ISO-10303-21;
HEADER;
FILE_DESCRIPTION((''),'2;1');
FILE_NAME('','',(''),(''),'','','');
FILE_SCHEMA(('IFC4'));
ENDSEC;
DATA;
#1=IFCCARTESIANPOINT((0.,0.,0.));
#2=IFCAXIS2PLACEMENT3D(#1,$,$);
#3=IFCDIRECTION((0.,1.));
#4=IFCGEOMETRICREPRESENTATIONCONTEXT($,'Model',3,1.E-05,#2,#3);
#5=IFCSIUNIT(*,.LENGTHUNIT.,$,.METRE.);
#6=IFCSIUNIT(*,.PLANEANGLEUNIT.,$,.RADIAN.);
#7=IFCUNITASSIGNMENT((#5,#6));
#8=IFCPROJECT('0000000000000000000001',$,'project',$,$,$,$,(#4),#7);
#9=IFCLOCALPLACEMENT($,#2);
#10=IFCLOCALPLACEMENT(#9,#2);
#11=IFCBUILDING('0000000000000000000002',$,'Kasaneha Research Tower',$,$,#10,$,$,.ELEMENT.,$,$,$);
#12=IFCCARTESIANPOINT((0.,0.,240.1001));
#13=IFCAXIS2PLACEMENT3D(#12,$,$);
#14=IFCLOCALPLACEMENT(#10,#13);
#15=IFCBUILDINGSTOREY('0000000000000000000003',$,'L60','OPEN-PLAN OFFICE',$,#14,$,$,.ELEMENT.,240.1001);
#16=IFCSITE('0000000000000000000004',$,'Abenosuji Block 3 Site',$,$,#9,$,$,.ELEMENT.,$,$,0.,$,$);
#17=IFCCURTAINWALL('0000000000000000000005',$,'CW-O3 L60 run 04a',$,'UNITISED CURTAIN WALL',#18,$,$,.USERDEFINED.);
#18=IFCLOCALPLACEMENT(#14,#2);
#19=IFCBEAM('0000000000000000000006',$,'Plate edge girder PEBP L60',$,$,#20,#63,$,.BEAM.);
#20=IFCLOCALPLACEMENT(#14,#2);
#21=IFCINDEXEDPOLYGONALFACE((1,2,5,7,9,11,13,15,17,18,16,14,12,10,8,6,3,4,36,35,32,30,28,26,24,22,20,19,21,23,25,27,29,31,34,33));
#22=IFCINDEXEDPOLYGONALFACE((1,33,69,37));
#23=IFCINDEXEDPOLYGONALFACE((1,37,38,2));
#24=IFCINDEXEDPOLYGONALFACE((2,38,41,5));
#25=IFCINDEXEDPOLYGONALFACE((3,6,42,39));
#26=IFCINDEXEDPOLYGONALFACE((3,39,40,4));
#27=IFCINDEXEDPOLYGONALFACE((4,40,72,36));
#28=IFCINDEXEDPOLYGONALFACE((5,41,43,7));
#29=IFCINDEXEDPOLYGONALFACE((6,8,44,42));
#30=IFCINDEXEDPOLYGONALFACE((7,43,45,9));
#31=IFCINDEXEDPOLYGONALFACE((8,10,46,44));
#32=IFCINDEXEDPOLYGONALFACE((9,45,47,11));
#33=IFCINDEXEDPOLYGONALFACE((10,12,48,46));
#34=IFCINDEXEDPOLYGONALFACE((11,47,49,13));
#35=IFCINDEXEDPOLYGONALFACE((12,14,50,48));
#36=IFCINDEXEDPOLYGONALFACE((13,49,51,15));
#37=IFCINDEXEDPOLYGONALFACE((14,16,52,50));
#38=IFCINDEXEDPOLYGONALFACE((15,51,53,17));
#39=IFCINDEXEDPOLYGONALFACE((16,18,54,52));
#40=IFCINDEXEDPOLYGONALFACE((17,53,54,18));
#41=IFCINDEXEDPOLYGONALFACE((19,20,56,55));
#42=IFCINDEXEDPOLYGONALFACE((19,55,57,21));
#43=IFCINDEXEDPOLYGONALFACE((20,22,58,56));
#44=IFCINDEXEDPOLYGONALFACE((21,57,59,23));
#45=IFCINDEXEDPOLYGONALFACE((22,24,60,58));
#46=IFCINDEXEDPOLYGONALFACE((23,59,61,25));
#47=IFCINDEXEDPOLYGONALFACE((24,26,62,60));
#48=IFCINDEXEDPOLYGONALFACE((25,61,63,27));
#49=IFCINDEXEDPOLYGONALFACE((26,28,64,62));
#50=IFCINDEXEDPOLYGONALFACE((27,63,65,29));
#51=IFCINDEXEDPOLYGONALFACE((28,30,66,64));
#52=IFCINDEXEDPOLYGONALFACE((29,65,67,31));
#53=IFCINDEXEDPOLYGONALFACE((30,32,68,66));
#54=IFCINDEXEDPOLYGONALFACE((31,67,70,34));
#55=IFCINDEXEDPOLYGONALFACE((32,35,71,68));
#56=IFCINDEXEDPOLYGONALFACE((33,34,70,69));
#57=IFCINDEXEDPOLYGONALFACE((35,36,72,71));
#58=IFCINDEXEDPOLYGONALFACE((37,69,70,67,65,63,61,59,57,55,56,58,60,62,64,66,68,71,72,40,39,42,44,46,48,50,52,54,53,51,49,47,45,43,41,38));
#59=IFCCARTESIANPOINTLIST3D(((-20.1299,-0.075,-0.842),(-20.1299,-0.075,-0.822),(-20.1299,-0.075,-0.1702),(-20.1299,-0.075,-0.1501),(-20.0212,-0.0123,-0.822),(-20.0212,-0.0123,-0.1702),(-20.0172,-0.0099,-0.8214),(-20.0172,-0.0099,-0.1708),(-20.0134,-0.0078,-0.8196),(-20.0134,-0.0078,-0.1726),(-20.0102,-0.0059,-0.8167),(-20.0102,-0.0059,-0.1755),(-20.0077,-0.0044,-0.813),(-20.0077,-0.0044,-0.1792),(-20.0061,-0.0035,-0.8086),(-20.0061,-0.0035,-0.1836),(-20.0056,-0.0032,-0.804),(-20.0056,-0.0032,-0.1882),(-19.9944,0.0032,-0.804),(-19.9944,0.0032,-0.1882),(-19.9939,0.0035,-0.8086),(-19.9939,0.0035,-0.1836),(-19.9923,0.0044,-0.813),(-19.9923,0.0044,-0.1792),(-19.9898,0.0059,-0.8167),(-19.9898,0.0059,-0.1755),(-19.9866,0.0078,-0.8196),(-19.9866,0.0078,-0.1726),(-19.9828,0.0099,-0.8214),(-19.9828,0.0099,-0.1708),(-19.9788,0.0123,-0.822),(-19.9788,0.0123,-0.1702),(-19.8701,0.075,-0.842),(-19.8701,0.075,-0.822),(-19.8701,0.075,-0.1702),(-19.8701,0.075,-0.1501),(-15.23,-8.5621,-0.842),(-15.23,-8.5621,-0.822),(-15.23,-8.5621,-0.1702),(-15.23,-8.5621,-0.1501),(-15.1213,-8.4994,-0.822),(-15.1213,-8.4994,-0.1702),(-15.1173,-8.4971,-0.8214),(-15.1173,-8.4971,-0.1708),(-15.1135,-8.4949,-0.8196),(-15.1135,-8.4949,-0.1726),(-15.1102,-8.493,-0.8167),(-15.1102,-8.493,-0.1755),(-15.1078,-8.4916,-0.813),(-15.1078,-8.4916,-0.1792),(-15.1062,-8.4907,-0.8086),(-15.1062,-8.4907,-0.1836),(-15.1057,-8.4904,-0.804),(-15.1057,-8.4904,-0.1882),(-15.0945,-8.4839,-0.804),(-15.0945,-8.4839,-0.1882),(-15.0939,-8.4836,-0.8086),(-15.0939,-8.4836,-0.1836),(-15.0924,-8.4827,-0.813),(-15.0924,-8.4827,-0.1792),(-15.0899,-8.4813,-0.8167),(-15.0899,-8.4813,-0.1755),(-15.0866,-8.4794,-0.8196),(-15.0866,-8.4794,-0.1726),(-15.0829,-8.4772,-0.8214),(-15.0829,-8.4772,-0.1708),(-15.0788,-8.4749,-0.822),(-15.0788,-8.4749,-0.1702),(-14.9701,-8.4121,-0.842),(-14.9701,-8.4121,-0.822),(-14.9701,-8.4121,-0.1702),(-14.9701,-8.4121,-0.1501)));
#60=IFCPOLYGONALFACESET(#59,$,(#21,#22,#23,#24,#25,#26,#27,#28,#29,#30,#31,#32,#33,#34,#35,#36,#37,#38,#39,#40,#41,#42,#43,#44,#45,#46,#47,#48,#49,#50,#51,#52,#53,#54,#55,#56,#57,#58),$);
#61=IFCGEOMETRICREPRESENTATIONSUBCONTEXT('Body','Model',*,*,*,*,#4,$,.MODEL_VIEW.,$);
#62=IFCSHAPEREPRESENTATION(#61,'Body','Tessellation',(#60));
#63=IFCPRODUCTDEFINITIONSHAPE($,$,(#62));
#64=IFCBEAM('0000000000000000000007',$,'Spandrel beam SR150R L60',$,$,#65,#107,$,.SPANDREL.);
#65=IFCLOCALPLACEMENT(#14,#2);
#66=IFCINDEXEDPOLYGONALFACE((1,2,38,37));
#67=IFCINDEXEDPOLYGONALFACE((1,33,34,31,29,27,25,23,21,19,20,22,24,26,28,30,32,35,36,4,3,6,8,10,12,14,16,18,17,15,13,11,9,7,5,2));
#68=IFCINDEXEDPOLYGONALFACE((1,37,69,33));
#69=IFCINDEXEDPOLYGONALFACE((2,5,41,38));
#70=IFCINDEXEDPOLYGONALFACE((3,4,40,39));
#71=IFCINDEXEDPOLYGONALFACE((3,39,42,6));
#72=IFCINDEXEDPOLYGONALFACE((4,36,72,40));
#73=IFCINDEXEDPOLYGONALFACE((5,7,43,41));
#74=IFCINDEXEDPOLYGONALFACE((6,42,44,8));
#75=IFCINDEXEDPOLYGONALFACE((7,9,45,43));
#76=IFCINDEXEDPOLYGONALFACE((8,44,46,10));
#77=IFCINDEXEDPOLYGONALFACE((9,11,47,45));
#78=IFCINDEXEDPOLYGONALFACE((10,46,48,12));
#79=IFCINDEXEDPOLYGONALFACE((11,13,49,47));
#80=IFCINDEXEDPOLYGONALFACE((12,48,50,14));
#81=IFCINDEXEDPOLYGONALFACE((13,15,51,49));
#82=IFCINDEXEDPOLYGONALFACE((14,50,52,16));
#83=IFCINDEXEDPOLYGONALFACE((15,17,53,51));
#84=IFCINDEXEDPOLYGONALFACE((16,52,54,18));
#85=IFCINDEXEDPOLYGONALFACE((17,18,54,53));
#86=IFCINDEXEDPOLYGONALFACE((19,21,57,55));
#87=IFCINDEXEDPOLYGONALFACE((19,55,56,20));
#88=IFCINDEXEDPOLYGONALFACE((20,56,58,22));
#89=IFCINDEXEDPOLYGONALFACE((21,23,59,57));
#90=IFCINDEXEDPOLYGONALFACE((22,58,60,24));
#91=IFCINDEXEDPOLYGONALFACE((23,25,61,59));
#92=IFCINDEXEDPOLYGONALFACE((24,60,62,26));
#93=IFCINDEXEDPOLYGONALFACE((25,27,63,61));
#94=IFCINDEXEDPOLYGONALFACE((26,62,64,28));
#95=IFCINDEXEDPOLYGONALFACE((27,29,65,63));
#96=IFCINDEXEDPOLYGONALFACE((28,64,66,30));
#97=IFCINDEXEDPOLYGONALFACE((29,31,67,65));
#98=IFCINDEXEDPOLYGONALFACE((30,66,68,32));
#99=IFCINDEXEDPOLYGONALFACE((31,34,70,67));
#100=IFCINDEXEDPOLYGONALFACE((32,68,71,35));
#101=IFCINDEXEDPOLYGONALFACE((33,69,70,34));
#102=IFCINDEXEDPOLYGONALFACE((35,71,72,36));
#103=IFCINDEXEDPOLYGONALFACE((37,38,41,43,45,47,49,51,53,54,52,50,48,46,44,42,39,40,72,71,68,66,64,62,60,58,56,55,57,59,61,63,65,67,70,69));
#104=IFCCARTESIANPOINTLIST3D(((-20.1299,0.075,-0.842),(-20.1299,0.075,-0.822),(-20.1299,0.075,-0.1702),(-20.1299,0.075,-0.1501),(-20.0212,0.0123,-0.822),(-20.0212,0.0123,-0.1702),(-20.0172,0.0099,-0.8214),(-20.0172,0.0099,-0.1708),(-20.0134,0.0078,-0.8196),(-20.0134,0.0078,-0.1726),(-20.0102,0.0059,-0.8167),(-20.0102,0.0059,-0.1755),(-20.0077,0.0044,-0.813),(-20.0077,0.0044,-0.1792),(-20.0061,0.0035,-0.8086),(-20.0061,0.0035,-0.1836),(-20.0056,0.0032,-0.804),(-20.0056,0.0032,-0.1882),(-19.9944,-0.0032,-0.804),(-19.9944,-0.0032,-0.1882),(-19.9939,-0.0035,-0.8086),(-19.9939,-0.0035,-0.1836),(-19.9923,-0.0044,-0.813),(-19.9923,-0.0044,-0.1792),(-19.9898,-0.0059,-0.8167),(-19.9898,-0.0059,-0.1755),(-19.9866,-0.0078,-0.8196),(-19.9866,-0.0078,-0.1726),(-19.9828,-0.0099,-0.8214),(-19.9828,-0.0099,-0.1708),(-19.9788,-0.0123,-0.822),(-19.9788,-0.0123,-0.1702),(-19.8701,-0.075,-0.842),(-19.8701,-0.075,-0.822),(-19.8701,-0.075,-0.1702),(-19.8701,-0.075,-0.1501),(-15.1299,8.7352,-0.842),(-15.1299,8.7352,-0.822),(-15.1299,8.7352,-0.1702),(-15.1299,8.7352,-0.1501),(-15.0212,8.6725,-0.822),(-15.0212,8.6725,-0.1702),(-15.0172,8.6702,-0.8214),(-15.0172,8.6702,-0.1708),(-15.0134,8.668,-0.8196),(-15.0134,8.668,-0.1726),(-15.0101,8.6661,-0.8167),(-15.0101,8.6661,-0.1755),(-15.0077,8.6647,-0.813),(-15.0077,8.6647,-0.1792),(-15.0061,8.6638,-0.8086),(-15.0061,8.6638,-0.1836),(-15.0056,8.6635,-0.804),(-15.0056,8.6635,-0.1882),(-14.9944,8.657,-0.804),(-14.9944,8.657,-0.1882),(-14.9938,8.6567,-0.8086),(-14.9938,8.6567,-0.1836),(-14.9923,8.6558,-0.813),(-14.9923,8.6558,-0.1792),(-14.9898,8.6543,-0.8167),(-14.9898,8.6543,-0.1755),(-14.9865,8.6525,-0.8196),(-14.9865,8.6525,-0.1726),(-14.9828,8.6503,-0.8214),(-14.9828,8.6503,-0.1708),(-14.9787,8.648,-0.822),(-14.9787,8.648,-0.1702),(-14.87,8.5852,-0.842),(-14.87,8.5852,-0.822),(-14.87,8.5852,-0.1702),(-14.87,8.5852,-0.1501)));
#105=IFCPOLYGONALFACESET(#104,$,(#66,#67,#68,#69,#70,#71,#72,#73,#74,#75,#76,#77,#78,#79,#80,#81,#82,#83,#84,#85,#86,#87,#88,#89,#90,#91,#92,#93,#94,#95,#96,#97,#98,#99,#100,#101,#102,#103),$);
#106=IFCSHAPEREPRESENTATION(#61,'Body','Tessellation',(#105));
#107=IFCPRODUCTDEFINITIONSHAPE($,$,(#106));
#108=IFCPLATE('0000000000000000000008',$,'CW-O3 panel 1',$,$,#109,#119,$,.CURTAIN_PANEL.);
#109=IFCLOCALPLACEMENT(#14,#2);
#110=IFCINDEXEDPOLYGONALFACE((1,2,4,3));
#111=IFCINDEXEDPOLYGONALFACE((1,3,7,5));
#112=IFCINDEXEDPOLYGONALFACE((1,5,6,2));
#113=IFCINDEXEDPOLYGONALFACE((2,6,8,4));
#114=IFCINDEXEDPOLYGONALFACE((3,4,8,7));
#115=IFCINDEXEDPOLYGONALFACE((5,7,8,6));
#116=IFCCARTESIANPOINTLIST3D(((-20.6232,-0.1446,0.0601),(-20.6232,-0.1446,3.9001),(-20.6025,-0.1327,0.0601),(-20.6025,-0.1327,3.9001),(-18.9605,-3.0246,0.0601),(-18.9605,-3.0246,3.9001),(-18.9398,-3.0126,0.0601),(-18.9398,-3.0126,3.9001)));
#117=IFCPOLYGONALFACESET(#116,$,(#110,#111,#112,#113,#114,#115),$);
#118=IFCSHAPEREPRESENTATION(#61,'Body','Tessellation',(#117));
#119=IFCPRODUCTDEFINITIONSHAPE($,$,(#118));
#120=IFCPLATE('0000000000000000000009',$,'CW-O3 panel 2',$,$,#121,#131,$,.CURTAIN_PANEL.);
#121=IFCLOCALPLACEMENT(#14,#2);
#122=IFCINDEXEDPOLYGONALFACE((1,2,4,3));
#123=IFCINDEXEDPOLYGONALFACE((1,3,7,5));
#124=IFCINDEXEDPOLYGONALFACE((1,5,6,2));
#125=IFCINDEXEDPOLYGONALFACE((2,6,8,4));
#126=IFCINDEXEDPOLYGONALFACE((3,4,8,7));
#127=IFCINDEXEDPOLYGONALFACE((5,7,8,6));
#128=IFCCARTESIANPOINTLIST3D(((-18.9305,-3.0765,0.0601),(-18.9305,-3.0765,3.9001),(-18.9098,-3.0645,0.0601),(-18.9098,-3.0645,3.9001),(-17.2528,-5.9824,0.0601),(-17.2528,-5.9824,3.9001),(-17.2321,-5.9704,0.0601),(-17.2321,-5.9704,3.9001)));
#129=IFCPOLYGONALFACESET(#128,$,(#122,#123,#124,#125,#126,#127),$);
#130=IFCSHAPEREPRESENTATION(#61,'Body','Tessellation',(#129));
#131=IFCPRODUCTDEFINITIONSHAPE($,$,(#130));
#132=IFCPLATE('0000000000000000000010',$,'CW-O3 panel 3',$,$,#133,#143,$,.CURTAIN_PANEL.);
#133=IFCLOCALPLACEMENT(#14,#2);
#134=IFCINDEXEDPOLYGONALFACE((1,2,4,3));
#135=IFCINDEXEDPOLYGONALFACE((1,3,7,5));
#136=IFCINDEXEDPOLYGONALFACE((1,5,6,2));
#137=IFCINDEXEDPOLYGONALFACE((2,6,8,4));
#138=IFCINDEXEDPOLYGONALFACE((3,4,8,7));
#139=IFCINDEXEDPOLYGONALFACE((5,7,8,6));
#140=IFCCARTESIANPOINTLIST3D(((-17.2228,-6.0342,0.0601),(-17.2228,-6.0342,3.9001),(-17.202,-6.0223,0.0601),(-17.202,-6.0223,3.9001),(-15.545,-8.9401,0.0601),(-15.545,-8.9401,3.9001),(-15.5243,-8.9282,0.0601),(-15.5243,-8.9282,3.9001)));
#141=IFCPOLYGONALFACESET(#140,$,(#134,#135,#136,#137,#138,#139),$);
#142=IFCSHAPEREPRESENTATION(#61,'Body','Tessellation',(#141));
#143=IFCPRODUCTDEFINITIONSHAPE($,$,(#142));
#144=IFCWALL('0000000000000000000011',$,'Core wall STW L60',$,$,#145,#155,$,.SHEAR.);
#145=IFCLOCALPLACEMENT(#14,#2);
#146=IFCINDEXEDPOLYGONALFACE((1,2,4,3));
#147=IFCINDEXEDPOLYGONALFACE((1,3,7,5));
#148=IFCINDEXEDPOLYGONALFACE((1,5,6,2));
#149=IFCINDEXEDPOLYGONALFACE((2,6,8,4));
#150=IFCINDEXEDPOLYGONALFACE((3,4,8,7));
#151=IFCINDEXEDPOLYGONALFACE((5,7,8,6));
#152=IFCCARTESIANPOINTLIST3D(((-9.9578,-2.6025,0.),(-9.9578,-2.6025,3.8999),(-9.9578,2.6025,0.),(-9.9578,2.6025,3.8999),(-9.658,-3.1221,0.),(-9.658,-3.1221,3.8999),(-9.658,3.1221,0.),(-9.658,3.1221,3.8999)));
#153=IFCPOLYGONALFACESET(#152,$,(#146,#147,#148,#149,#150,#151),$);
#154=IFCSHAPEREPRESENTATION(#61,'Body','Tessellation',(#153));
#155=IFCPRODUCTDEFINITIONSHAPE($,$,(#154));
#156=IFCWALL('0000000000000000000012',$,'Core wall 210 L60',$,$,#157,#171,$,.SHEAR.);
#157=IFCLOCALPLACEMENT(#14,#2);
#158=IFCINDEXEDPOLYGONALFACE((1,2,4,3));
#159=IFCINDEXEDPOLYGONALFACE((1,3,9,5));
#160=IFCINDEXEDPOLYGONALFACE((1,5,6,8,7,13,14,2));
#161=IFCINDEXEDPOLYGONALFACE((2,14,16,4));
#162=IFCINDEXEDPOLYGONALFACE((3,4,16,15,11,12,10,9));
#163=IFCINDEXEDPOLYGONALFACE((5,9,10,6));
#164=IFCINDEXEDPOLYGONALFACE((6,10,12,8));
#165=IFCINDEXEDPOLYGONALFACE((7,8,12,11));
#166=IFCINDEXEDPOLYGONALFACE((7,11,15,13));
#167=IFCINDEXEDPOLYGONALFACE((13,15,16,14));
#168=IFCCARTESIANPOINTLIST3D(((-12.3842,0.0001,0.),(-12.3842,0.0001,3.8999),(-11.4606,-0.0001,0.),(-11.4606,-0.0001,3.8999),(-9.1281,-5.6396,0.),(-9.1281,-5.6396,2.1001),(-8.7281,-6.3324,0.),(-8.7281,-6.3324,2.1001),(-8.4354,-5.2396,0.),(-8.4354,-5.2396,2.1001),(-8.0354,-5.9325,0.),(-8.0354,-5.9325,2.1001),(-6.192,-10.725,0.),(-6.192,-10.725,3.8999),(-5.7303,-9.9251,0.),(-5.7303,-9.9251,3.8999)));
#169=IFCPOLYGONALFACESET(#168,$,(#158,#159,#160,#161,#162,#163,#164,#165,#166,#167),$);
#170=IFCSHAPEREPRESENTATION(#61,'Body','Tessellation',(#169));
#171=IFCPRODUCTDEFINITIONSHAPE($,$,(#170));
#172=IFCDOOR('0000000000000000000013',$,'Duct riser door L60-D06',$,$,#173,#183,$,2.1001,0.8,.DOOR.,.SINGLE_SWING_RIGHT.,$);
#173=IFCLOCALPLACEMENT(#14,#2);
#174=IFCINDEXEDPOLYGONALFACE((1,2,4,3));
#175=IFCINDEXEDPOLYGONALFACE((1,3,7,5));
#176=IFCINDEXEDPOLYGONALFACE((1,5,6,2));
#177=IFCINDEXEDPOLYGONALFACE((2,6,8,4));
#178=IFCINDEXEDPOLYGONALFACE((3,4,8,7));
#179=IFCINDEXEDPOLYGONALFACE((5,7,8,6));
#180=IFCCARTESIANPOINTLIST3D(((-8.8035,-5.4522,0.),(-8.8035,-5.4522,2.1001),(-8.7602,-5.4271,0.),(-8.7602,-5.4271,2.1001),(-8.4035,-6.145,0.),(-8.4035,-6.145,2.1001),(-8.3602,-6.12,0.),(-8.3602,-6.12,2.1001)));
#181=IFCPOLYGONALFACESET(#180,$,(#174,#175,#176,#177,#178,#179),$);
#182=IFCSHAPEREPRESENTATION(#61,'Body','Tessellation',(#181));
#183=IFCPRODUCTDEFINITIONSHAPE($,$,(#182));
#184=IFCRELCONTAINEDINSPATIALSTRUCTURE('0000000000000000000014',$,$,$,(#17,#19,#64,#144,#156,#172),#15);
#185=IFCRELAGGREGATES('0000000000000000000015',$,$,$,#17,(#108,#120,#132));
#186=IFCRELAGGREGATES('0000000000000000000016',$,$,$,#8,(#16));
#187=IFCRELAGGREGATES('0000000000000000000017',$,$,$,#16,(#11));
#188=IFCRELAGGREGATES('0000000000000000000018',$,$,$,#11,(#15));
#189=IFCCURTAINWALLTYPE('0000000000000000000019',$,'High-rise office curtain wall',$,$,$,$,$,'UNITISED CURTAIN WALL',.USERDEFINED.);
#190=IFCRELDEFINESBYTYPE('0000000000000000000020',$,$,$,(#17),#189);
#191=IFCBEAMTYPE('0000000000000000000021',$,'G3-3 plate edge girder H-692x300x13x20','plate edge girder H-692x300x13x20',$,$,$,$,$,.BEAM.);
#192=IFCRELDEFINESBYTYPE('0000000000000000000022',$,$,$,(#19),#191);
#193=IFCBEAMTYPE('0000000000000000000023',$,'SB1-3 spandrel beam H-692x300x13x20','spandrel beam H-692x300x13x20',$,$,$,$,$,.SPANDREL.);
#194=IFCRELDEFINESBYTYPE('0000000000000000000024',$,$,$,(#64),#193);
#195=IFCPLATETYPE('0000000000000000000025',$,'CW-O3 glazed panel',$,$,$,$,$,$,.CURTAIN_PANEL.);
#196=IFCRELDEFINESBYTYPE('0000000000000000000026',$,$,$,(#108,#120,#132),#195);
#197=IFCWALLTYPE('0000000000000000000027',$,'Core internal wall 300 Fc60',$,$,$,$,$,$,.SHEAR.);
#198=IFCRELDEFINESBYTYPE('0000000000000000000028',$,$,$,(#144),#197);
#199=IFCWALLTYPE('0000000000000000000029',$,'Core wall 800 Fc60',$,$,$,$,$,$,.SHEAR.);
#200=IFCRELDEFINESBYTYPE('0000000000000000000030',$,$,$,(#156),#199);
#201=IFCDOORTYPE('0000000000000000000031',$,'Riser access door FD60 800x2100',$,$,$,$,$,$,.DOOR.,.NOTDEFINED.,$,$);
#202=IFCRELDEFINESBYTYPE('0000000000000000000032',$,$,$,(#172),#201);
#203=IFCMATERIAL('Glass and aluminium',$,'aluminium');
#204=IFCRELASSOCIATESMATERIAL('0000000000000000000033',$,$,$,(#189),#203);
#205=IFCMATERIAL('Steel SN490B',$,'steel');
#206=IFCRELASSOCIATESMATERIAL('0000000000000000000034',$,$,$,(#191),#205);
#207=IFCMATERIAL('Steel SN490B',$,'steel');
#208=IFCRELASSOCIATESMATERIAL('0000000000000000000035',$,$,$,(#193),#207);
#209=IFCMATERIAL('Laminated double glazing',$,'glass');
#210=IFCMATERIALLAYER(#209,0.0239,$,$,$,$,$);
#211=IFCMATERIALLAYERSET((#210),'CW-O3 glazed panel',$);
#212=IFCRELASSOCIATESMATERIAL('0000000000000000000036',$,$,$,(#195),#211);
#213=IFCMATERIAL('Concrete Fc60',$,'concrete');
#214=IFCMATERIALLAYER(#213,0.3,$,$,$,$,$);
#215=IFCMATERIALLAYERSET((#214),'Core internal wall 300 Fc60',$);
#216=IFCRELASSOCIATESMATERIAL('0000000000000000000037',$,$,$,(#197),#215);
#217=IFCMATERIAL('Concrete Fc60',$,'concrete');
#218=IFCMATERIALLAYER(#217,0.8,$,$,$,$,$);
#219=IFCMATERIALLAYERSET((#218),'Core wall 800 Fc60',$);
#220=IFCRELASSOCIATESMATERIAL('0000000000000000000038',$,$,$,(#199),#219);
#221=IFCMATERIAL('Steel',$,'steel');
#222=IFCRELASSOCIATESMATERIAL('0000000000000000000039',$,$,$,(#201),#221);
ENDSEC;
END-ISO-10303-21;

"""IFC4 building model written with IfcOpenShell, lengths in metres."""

from ifc_helpers import new_model, si_unit, direction, frame, frame_2d, origin, origin_2d, place, context, subcontext, project, spatial, polyline, rectangle, i_section, outline, extrude, material, layer, layer_set, material_profile, profile_set, type_object, element, fill, aggregate, save


model = new_model("IFC4")

# Units and contexts
model_context = context("Model", 3, precision=1e-05, world=origin(), true_north=direction((0.0, 1.0)))
body_context = subcontext(model_context, "Body", "Model", "MODEL_VIEW")
ifc_project = project(units=[si_unit("LENGTHUNIT", "METRE"), si_unit("PLANEANGLEUNIT", "RADIAN")], contexts=[model_context])

# Site, building, storey
site_placement = place(None, origin())
site = spatial("IfcSite", under=ifc_project, at=site_placement, Name="Abenosuji Block 3 Site", CompositionType="ELEMENT", RefElevation=0.0)
building_placement = place(site_placement, origin())
building = spatial("IfcBuilding", under=site, at=building_placement, Name="Kasaneha Research Tower", CompositionType="ELEMENT")
storey_placement = place(building_placement, frame((0.0, 0.0, 240.1001)))
storey = spatial("IfcBuildingStorey", under=building, at=storey_placement, Name="L60", Description="OPEN-PLAN OFFICE", CompositionType="ELEMENT", Elevation=240.1001)

# Curtain wall
ifc_material_1 = material(Name="Glass and aluminium", Category="aluminium")
curtain_wall_type = type_object("IfcCurtainWallType", Name="High-rise office curtain wall", ElementType="UNITISED CURTAIN WALL", PredefinedType="USERDEFINED", material=ifc_material_1)
curtain_wall_placement = place(storey_placement, origin())
curtain_wall = element("IfcCurtainWall", 1, at=curtain_wall_placement, inside=storey, type_object=curtain_wall_type, Name="CW-O3 L60 run 04a", ObjectType="UNITISED CURTAIN WALL", PredefinedType="USERDEFINED")

# Beams
ifc_material_2 = material(Name="Steel SN490B", Category="steel")
ifc_material_profile_1 = material_profile(ifc_material_2, i_section(OverallWidth=0.3, OverallDepth=0.6919, WebThickness=0.0129, FlangeThickness=0.02, FilletRadius=0.0181, at=origin_2d()), Name="H-692x300x13x20")
ifc_profile_set_1 = profile_set([ifc_material_profile_1], Name="Steel SN490B")
beam_type_1 = type_object("IfcBeamType", Name="G3-3 plate edge girder H-692x300x13x20", Description="plate edge girder H-692x300x13x20", PredefinedType="BEAM", material=ifc_profile_set_1)
beam_1_placement = place(storey_placement, frame((-20.0, 0.0, -0.4961), z_axis=(0.499992, -0.86603, 0.0), x_axis=(0.86603, 0.499992, 0.0)))
element("IfcBeam", 2, at=beam_1_placement, inside=storey, type_object=beam_type_1, Name="Plate edge girder PEBP L60", PredefinedType="BEAM", context=body_context, shape_type="SweptSolid", body=[
    extrude(i_section(OverallWidth=0.3, OverallDepth=0.6919, WebThickness=0.0129, FlangeThickness=0.02, FilletRadius=0.0181, at=origin_2d()), origin(), (0.0, 0.0, 1.0), 9.8),
])
ifc_material_3 = material(Name="Steel SN490B", Category="steel")
ifc_material_profile_2 = material_profile(ifc_material_3, i_section(OverallWidth=0.3, OverallDepth=0.6919, WebThickness=0.0129, FlangeThickness=0.02, FilletRadius=0.0181, at=origin_2d()), Name="H-692x300x13x20")
ifc_profile_set_2 = profile_set([ifc_material_profile_2], Name="Steel SN490B")
beam_type_2 = type_object("IfcBeamType", Name="SB1-3 spandrel beam H-692x300x13x20", Description="spandrel beam H-692x300x13x20", PredefinedType="SPANDREL", material=ifc_profile_set_2)
beam_2_placement = place(storey_placement, frame((-20.0, 0.0, -0.4961), z_axis=(0.500004, 0.866023, 0.0), x_axis=(-0.866023, 0.500004, 0.0)))
element("IfcBeam", 3, at=beam_2_placement, inside=storey, type_object=beam_type_2, Name="Spandrel beam SR150R L60", PredefinedType="SPANDREL", context=body_context, shape_type="SweptSolid", body=[
    extrude(i_section(OverallWidth=0.3, OverallDepth=0.6919, WebThickness=0.0129, FlangeThickness=0.02, FilletRadius=0.0181, at=origin_2d()), origin(), (0.0, 0.0, 1.0), 10.0),
])

# Plates
ifc_material_4 = material(Name="Laminated double glazing", Category="glass")
ifc_layer_1 = layer(ifc_material_4, 0.0239)
ifc_layer_set_1 = layer_set([ifc_layer_1], Name="CW-O3 glazed panel")
plate_type = type_object("IfcPlateType", Name="CW-O3 glazed panel", PredefinedType="CURTAIN_PANEL", material=ifc_layer_set_1)
plate_1_placement = place(storey_placement, frame((-19.7815, -1.5786, 0.0601), z_axis=(0.0, 0.0, 1.0), x_axis=(0.5, -0.866025, 0.0)))
plate_1 = element("IfcPlate", 4, at=plate_1_placement, type_object=plate_type, Name="CW-O3 panel 1", PredefinedType="CURTAIN_PANEL", context=body_context, shape_type="SweptSolid", body=[
    extrude(rectangle(XDim=3.3254, YDim=0.0239, at=origin_2d()), origin(), (0.0, 0.0, 1.0), 3.8401),
])
plate_2_placement = place(storey_placement, frame((-18.0813, -4.5234, 0.0601), z_axis=(0.0, 0.0, 1.0), x_axis=(0.5, -0.866025, 0.0)))
plate_2 = element("IfcPlate", 5, at=plate_2_placement, type_object=plate_type, Name="CW-O3 panel 2", PredefinedType="CURTAIN_PANEL", context=body_context, shape_type="SweptSolid", body=[
    extrude(rectangle(XDim=3.3555, YDim=0.0239, at=origin_2d()), origin(), (0.0, 0.0, 1.0), 3.8401),
])
plate_3_placement = place(storey_placement, frame((-16.3735, -7.4812, 0.0601), z_axis=(0.0, 0.0, 1.0), x_axis=(0.5, -0.866025, 0.0)))
plate_3 = element("IfcPlate", 6, at=plate_3_placement, type_object=plate_type, Name="CW-O3 panel 3", PredefinedType="CURTAIN_PANEL", context=body_context, shape_type="SweptSolid", body=[
    extrude(rectangle(XDim=3.3555, YDim=0.0239, at=origin_2d()), origin(), (0.0, 0.0, 1.0), 3.8401),
])
aggregate(curtain_wall, [plate_1, plate_2, plate_3])

# Wall
ifc_material_5 = material(Name="Concrete Fc60", Category="concrete")
ifc_layer_2 = layer(ifc_material_5, 0.3)
ifc_layer_set_2 = layer_set([ifc_layer_2], Name="Core internal wall 300 Fc60")
wall_type_1 = type_object("IfcWallType", Name="Core internal wall 300 Fc60", PredefinedType="SHEAR", material=ifc_layer_set_2)
wall_1_placement = place(storey_placement, frame((-9.8079, -2.8623, 0.0), z_axis=(0.0, 0.0, 1.0), x_axis=(0.0, 1.0, 0.0)))
element("IfcWall", 7, at=wall_1_placement, inside=storey, type_object=wall_type_1, Name="Core wall STW L60", PredefinedType="SHEAR", context=body_context, shape_type="SweptSolid", body=[
    extrude(outline(polyline([(-0.2598, -0.1499), (5.9844, -0.1499), (5.4648, 0.1499), (0.2598, 0.1499), (-0.2598, -0.1499)])), origin(), (0.0, 0.0, 1.0), 3.8999),
])

# Wall, opening, door
ifc_material_6 = material(Name="Concrete Fc60", Category="concrete")
ifc_layer_3 = layer(ifc_material_6, 0.8)
ifc_layer_set_3 = layer_set([ifc_layer_3], Name="Core wall 800 Fc60")
wall_type_2 = type_object("IfcWallType", Name="Core wall 800 Fc60", PredefinedType="SHEAR", material=ifc_layer_set_3)
wall_2_placement = place(storey_placement, frame((-11.9224, 0.0, 0.0), z_axis=(0.0, 0.0, 1.0), x_axis=(0.500004, -0.866023, 0.0)))
wall_2 = element("IfcWall", 8, at=wall_2_placement, inside=storey, type_object=wall_type_2, Name="Core wall 210 L60", PredefinedType="SHEAR", context=body_context, shape_type="SweptSolid", body=[
    extrude(outline(polyline([(-0.231, -0.3999), (6.2812, -0.3999), (7.0813, -0.3999), (12.1533, -0.3999), (11.6914, 0.3999), (7.0813, 0.3999), (6.2812, 0.3999), (0.231, 0.3999), (-0.231, -0.3999)])), origin(), (0.0, 0.0, 1.0), 3.8999),
])
opening_1_placement = place(wall_2_placement, frame((6.2812, 0.0, 0.0)))
opening_1 = element("IfcOpeningElement", 9, at=opening_1_placement, cuts=wall_2, PredefinedType="OPENING", context=body_context, shape_type="SweptSolid", body=[
    extrude(rectangle(XDim=0.8, YDim=2.1001, at=frame_2d((0.3999, 1.05))), frame((0.0, 0.4102, 0.0), z_axis=(0.0, -1.0, 0.0), x_axis=(1.0, 0.0, 0.0)), (0.0, 0.0, 1.0), 0.8201),
])
ifc_material_7 = material(Name="Steel", Category="steel")
door_type_1 = type_object("IfcDoorType", Name="Riser access door FD60 800x2100", OperationType="NOTDEFINED", PredefinedType="DOOR", material=ifc_material_7)
door_1_placement = place(opening_1_placement, origin())
door_1 = element("IfcDoor", 10, at=door_1_placement, inside=storey, type_object=door_type_1, Name="Duct riser door L60-D06", OperationType="SINGLE_SWING_RIGHT", OverallHeight=2.1001, OverallWidth=0.8, PredefinedType="DOOR", context=body_context, shape_type="SweptSolid", body=[
    extrude(rectangle(XDim=0.8, YDim=2.1001, at=frame_2d((0.3999, 1.05))), frame((0.0, 0.0249, 0.0), z_axis=(0.0, -1.0, 0.0), x_axis=(1.0, 0.0, 0.0)), (0.0, 0.0, 1.0), 0.05),
])
fill(opening_1, door_1)

save(model, "model.ifc")
